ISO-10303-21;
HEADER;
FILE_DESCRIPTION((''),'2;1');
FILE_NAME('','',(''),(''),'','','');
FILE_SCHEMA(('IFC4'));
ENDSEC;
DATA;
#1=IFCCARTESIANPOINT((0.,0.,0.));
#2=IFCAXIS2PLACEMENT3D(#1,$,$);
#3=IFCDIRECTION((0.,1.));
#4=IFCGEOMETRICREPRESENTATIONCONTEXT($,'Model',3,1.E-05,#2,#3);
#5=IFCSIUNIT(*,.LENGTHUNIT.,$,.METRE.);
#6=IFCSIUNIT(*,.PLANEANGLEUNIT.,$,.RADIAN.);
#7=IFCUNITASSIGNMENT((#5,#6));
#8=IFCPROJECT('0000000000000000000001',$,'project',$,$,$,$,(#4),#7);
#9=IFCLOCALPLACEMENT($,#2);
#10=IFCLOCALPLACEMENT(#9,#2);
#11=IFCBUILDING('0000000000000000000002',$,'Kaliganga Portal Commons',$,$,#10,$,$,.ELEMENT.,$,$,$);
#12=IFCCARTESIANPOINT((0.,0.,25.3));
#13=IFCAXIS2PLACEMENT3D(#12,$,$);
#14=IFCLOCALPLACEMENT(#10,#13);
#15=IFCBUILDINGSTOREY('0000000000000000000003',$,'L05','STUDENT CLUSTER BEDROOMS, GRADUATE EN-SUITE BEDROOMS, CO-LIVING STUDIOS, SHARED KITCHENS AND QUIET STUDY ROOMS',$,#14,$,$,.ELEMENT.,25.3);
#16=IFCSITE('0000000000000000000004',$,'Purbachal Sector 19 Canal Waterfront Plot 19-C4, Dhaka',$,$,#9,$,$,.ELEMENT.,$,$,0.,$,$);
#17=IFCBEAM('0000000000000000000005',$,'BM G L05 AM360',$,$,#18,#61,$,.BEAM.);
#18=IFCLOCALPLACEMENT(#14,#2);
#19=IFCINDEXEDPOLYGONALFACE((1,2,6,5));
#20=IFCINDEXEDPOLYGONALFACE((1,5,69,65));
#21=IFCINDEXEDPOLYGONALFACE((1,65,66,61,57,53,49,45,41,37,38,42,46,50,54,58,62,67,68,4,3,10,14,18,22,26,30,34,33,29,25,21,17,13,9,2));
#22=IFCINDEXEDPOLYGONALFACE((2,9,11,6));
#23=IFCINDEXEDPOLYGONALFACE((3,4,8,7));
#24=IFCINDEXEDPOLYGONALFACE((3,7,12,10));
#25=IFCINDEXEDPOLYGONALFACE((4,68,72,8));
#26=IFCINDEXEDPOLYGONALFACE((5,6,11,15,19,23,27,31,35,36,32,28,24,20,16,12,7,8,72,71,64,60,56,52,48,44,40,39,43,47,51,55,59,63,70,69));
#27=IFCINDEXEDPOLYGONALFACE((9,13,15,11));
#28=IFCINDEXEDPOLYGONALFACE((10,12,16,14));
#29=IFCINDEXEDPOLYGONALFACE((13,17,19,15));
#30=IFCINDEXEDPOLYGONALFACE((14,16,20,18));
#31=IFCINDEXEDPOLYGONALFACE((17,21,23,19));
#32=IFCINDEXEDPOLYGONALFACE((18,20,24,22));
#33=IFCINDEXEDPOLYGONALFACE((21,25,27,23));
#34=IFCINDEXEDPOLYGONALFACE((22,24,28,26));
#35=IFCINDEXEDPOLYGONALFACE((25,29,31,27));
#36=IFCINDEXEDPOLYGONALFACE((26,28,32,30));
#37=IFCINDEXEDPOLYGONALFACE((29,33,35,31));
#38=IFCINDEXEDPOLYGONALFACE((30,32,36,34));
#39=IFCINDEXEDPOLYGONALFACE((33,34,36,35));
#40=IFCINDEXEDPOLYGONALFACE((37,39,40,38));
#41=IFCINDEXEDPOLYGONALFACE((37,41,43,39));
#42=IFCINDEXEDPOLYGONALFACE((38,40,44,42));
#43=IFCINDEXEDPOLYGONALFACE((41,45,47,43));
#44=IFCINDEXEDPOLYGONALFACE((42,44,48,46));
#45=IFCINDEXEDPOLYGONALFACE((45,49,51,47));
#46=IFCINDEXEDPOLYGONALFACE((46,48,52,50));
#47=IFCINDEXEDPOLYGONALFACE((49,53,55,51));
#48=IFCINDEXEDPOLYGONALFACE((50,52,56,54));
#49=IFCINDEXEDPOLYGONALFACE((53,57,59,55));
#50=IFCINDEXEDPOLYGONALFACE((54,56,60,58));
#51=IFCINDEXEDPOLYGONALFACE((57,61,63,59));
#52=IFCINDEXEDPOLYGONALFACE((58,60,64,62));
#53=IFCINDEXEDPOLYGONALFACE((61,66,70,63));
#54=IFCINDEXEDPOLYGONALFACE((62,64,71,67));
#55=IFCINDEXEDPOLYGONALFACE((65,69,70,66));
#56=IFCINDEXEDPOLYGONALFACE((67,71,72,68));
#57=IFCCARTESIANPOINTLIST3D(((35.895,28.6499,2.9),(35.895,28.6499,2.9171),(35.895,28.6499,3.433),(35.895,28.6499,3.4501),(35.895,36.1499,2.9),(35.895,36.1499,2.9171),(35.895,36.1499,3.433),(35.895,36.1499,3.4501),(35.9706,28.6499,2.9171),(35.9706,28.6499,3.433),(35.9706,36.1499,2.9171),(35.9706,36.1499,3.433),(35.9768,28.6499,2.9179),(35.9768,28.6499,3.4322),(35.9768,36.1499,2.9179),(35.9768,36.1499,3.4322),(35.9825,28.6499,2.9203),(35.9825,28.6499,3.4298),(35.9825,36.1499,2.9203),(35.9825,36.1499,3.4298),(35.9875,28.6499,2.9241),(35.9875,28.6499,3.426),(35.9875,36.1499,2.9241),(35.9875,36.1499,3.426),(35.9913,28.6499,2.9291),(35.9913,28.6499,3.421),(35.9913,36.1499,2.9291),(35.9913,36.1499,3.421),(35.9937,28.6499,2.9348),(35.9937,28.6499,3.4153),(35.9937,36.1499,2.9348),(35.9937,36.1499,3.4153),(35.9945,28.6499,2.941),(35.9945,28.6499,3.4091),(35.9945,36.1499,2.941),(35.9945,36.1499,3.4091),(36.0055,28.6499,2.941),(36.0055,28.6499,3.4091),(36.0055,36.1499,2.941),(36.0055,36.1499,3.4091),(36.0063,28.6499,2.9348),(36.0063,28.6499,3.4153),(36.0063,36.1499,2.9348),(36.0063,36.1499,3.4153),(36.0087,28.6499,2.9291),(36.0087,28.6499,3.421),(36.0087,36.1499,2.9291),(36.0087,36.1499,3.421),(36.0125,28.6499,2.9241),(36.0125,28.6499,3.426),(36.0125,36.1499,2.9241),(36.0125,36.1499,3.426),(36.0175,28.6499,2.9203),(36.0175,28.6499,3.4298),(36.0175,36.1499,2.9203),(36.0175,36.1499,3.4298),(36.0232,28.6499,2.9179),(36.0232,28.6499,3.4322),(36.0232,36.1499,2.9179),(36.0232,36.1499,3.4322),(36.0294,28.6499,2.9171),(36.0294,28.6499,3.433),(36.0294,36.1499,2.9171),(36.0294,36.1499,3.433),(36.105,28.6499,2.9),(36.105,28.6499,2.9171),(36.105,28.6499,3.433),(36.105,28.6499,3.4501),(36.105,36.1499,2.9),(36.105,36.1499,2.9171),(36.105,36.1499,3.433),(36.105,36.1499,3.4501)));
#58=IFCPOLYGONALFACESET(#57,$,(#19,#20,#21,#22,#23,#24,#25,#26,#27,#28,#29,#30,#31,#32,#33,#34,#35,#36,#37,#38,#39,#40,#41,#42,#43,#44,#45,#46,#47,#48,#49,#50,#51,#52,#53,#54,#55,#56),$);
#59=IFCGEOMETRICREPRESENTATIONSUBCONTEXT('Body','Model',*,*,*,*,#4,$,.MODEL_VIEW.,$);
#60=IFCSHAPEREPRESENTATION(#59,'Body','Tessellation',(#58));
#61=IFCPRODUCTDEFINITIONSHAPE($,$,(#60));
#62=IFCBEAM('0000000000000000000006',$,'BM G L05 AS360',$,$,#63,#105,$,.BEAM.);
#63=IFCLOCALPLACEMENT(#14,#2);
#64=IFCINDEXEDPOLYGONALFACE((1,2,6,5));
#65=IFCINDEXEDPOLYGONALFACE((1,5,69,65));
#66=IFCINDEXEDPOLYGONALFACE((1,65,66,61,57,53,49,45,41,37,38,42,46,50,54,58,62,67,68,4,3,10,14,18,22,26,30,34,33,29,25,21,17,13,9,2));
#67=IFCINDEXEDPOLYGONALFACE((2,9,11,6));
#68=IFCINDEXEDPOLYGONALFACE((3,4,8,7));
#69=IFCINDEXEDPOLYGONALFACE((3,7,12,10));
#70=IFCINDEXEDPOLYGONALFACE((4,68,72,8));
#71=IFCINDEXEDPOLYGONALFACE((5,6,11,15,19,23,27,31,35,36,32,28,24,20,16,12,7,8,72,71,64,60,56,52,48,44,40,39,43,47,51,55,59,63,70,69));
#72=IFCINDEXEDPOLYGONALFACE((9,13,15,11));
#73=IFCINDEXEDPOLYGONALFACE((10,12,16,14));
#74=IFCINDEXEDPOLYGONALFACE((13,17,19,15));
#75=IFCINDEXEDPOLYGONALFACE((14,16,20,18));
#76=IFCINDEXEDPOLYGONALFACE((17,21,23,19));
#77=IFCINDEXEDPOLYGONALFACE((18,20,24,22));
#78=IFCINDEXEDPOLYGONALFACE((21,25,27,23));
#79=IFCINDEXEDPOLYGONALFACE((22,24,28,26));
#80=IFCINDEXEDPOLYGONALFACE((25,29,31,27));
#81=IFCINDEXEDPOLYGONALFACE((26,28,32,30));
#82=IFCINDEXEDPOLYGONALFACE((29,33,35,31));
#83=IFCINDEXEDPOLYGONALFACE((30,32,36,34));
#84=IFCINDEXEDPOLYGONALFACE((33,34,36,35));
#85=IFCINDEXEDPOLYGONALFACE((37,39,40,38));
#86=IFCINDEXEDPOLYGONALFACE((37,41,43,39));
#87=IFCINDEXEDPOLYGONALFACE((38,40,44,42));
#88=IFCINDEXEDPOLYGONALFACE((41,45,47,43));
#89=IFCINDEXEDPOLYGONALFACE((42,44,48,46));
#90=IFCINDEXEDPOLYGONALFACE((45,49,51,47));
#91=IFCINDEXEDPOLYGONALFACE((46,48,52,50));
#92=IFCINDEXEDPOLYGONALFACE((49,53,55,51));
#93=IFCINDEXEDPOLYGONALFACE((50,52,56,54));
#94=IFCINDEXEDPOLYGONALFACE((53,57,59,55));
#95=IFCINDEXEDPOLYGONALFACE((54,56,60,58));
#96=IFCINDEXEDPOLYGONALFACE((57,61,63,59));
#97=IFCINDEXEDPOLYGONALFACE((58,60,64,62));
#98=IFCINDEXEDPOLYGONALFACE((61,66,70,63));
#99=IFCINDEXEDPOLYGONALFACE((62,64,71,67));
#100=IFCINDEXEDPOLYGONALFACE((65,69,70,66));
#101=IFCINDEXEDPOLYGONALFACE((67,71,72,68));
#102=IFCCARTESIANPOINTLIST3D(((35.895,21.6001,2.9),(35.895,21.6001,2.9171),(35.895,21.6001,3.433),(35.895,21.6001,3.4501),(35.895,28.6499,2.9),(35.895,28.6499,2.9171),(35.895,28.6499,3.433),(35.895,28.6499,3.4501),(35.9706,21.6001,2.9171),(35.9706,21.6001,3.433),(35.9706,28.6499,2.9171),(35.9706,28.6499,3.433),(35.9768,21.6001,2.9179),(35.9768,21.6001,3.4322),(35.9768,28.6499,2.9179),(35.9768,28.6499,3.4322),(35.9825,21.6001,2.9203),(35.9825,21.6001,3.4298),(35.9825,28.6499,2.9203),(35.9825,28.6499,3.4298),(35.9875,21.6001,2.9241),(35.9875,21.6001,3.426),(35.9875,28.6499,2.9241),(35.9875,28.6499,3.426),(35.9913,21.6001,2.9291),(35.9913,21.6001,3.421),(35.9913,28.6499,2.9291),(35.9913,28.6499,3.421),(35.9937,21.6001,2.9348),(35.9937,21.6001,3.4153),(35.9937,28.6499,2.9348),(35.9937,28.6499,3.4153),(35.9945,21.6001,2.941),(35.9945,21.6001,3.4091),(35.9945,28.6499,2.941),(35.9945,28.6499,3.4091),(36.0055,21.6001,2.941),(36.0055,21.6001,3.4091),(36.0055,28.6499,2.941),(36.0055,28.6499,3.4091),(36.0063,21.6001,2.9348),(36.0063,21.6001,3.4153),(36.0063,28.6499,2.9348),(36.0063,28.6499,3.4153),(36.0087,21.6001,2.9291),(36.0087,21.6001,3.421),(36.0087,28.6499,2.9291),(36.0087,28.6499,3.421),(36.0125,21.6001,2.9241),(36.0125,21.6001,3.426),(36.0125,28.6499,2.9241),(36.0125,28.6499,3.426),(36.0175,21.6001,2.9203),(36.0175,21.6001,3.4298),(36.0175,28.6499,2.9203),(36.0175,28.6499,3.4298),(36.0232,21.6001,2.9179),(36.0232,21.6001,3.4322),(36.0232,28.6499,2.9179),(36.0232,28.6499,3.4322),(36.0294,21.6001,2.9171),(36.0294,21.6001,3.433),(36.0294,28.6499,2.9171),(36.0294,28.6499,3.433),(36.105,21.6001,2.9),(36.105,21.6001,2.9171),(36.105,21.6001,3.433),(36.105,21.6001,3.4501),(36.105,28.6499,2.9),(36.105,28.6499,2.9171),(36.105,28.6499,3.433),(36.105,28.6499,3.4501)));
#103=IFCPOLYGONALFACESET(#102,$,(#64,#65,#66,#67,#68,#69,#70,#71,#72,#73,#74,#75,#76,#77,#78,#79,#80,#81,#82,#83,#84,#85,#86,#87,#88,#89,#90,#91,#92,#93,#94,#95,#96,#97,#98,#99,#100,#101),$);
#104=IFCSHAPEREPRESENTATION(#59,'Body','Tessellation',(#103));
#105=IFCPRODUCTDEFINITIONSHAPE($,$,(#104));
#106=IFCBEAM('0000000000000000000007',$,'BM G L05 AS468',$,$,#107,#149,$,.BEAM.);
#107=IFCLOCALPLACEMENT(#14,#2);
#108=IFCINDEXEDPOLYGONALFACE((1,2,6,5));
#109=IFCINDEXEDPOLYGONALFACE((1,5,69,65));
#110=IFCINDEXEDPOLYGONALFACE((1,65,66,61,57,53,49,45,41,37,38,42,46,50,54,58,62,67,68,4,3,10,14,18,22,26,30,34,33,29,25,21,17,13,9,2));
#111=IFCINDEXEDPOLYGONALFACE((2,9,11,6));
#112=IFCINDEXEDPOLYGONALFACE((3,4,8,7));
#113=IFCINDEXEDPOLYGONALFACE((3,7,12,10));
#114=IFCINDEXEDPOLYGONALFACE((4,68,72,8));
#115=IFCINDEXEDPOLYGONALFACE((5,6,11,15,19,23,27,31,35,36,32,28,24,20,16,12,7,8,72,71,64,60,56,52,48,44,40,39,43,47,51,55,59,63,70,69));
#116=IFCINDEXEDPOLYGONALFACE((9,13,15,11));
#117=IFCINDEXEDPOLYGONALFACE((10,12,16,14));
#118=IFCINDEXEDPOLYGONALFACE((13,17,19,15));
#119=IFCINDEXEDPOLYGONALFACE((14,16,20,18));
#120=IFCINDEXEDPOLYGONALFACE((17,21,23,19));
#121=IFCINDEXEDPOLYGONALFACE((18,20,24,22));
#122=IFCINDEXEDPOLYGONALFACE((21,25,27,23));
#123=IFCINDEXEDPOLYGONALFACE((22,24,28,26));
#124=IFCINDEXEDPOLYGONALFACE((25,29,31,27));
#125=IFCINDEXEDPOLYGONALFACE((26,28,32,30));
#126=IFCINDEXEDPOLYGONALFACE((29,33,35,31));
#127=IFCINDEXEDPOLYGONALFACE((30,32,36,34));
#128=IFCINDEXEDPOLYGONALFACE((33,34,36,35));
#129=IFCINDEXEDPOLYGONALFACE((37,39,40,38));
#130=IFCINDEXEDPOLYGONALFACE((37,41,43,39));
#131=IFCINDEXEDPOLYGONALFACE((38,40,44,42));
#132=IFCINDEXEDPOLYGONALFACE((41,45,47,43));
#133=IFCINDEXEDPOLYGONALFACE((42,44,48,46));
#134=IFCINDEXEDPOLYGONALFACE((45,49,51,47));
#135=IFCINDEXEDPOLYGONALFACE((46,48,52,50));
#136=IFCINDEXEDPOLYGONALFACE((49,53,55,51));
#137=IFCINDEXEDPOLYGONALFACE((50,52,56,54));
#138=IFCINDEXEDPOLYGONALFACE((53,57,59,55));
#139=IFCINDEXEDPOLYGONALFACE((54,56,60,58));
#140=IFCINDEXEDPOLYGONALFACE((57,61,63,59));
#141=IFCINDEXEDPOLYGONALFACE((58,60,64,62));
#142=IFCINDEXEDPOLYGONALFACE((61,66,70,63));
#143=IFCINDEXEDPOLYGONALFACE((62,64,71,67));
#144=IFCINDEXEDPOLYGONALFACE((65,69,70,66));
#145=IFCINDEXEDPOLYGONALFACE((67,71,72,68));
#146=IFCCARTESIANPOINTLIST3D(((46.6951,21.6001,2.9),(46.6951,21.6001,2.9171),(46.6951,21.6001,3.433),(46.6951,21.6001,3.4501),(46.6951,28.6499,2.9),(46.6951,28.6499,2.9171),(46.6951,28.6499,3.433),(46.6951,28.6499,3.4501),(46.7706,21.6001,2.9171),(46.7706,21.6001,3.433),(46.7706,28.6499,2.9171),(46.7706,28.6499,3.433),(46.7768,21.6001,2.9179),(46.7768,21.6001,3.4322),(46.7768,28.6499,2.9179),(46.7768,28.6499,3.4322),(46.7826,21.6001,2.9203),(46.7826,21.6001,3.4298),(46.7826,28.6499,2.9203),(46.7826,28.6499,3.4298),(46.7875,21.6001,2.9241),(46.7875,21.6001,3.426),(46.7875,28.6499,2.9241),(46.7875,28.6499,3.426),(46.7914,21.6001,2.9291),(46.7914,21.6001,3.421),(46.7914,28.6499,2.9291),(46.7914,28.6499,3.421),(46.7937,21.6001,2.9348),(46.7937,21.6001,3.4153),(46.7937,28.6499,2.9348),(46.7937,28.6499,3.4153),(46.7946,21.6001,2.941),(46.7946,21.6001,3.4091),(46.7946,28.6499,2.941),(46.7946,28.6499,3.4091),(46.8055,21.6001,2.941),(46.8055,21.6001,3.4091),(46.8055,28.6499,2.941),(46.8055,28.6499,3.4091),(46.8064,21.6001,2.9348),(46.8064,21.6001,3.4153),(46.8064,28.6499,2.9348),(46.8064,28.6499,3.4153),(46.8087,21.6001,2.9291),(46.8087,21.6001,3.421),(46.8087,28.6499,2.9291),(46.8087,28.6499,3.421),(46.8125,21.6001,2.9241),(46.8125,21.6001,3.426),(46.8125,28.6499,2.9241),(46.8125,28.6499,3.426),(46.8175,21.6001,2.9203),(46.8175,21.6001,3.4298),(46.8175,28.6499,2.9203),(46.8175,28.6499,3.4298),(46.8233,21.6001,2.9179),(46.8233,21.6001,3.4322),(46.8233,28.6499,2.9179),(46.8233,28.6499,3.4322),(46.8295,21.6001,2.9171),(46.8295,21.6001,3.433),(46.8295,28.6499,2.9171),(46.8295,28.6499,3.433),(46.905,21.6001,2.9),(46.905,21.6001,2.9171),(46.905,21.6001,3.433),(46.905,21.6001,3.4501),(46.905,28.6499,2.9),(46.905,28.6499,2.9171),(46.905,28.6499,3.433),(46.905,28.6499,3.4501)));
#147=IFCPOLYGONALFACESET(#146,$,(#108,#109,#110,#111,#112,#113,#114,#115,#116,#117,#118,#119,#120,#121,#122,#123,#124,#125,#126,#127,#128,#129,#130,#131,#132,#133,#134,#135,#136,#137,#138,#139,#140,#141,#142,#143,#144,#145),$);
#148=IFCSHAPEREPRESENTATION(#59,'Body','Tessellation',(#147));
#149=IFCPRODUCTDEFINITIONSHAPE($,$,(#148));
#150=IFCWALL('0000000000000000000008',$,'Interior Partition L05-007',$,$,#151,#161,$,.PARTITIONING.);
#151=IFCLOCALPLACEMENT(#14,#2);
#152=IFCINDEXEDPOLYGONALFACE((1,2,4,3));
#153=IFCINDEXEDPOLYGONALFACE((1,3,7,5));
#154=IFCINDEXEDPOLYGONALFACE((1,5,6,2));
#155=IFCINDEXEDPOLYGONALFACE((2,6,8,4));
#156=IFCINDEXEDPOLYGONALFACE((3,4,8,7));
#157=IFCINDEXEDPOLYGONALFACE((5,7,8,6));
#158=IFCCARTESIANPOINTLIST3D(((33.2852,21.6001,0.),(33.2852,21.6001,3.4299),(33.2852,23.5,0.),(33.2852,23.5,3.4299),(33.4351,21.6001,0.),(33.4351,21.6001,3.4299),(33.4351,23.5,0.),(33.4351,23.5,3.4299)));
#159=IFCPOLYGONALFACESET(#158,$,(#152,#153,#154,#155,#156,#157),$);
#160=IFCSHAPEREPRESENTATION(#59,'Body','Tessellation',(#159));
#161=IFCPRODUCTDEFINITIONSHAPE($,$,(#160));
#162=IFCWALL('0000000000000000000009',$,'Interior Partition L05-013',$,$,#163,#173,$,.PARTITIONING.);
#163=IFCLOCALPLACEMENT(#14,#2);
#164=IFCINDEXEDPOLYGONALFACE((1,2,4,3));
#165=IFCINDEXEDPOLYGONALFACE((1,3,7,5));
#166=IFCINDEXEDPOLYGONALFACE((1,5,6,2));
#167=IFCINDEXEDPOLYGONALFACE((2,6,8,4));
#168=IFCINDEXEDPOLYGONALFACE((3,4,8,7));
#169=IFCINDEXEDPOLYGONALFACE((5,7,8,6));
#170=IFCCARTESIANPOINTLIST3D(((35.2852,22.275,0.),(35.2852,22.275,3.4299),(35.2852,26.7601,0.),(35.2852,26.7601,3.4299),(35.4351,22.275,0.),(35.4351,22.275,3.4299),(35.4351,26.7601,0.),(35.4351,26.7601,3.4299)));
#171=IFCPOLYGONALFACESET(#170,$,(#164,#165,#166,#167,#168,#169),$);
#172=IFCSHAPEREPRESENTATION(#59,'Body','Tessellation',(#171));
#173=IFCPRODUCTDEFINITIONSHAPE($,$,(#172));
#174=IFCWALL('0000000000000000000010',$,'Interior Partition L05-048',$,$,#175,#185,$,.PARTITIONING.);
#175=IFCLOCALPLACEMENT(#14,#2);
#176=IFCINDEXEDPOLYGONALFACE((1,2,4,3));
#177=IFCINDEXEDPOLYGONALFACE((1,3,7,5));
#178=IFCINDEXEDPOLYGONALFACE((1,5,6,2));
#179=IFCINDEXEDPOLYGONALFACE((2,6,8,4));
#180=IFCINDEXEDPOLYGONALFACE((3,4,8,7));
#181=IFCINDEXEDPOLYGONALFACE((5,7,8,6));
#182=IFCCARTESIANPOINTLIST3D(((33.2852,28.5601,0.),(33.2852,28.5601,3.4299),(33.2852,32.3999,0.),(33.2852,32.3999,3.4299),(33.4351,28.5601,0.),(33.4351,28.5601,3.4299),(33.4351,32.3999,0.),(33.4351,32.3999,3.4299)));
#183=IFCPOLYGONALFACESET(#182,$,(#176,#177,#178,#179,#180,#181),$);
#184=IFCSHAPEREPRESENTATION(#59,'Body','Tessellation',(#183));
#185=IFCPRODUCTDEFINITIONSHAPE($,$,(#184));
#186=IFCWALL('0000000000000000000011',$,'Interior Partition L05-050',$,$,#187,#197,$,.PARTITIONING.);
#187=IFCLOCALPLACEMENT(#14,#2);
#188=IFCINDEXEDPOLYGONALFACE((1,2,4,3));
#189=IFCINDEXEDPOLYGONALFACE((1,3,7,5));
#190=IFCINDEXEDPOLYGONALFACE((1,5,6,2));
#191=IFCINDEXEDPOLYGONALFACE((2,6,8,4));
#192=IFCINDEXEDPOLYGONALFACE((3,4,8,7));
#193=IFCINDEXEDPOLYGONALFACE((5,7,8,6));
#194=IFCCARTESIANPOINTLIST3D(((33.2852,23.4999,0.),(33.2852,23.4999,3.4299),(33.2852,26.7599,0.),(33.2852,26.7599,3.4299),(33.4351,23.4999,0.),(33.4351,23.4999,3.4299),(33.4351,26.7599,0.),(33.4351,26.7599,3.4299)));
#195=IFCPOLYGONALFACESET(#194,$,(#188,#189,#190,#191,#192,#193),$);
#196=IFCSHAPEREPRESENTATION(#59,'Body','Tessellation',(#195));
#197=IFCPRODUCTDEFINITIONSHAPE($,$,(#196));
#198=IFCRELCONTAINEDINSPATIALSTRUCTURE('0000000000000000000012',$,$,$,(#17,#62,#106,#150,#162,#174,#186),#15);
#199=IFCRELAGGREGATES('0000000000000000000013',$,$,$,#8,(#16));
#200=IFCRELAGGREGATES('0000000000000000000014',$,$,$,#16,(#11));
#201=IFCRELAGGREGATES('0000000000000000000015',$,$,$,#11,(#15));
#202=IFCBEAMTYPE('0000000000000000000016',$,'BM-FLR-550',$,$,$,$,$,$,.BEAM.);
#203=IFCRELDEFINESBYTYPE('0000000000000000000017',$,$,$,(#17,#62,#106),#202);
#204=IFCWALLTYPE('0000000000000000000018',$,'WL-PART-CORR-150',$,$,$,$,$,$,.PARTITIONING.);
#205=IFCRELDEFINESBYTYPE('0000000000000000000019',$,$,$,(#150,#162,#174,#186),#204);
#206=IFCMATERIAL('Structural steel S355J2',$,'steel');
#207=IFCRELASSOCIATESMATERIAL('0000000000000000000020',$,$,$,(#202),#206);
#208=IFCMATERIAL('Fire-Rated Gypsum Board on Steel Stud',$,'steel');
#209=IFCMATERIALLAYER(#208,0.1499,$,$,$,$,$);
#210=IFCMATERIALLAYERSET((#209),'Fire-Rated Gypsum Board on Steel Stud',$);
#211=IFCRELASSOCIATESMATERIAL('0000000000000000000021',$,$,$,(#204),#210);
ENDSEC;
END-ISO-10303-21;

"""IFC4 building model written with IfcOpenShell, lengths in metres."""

from ifc_helpers import new_model, si_unit, direction, frame, frame_2d, origin, origin_2d, place, context, subcontext, project, spatial, rectangle, i_section, extrude, source, transform, mapped, material, layer, layer_set, material_profile, profile_set, type_object, element, save


model = new_model("IFC4")

# Units and contexts
model_context = context("Model", 3, precision=1e-05, world=origin(), true_north=direction((0.0, 1.0)))
body_context = subcontext(model_context, "Body", "Model", "MODEL_VIEW")
ifc_project = project(units=[si_unit("LENGTHUNIT", "METRE"), si_unit("PLANEANGLEUNIT", "RADIAN")], contexts=[model_context])

# Site, building, storey
site_placement = place(None, origin())
site = spatial("IfcSite", under=ifc_project, at=site_placement, Name="Purbachal Sector 19 Canal Waterfront Plot 19-C4, Dhaka", CompositionType="ELEMENT", RefElevation=0.0)
building_placement = place(site_placement, origin())
building = spatial("IfcBuilding", under=site, at=building_placement, Name="Kaliganga Portal Commons", CompositionType="ELEMENT")
storey_placement = place(building_placement, frame((0.0, 0.0, 25.3)))
storey = spatial("IfcBuildingStorey", under=building, at=storey_placement, Name="L05", Description="STUDENT CLUSTER BEDROOMS, GRADUATE EN-SUITE BEDROOMS, CO-LIVING STUDIOS, SHARED KITCHENS AND QUIET STUDY ROOMS", CompositionType="ELEMENT", Elevation=25.3)

# Beams
ifc_material_1 = material(Name="Structural steel S355J2", Category="steel")
ifc_material_profile_1 = material_profile(ifc_material_1, i_section(OverallWidth=0.21, OverallDepth=0.55, WebThickness=0.011, FlangeThickness=0.0171, FilletRadius=0.0239, at=origin_2d()), Name="IPE 550")
ifc_profile_set_1 = profile_set([ifc_material_profile_1], Name="Structural steel S355J2 wide-flange")
beam_type_1 = type_object("IfcBeamType", Name="BM-FLR-550", PredefinedType="BEAM", material=ifc_profile_set_1)
shared_shape_1 = source(origin(), body_context, "Body", "SweptSolid", [
    extrude(i_section(OverallWidth=0.21, OverallDepth=0.55, WebThickness=0.011, FlangeThickness=0.0171, FilletRadius=0.0239, at=origin_2d()), origin(), (0.0, 0.0, 1.0), 7.5),
])
beam_1_placement = place(storey_placement, frame((36.0, 28.6499, 3.175), z_axis=(0.0, 1.0, 0.0), x_axis=(-1.0, 0.0, 0.0)))
element("IfcBeam", 1, at=beam_1_placement, inside=storey, type_object=beam_type_1, Name="BM G L05 AM360", PredefinedType="BEAM", context=body_context, shape_type="MappedRepresentation", body=[
    mapped(shared_shape_1, transform((0.0, 0.0, 0.0), x_axis=(1.0, 0.0, 0.0), y_axis=(0.0, 1.0, 0.0), z_axis=(0.0, 0.0, 1.0), scale=1.0)),
])
shared_shape_2 = source(origin(), body_context, "Body", "SweptSolid", [
    extrude(i_section(OverallWidth=0.21, OverallDepth=0.55, WebThickness=0.011, FlangeThickness=0.0171, FilletRadius=0.0239, at=origin_2d()), origin(), (0.0, 0.0, 1.0), 7.0498),
])
for number, where, z_axis, x_axis, name in (
    (2, (36.0, 21.6001, 3.175), (0.0, 1.0, 0.0), (-1.0, 0.0, 0.0), "BM G L05 AS360"),
    (3, (46.8, 21.6001, 3.175), (0.0, 1.0, 0.0), (-1.0, 0.0, 0.0), "BM G L05 AS468"),
):
    element("IfcBeam", number, at=place(storey_placement, frame(where, z_axis=z_axis, x_axis=x_axis)), inside=storey, type_object=beam_type_1, Name=name, PredefinedType="BEAM", context=body_context, shape_type="MappedRepresentation", body=[
        mapped(shared_shape_2, transform((0.0, 0.0, 0.0), x_axis=(1.0, 0.0, 0.0), y_axis=(0.0, 1.0, 0.0), z_axis=(0.0, 0.0, 1.0), scale=1.0)),
    ])

# Walls
ifc_material_2 = material(Name="Fire-Rated Gypsum Board on Steel Stud", Category="steel")
ifc_layer_1 = layer(ifc_material_2, 0.1499)
ifc_layer_set_1 = layer_set([ifc_layer_1], Name="Fire-Rated Gypsum Board on Steel Stud")
wall_type_1 = type_object("IfcWallType", Name="WL-PART-CORR-150", PredefinedType="PARTITIONING", material=ifc_layer_set_1)
wall_1_placement = place(storey_placement, frame((33.3601, 21.6001, 0.0), z_axis=(0.0, 0.0, 1.0), x_axis=(0.0, 1.0, 0.0)))
element("IfcWall", 4, at=wall_1_placement, inside=storey, type_object=wall_type_1, Name="Interior Partition L05-007", PredefinedType="PARTITIONING", context=body_context, shape_type="SweptSolid", body=[
    extrude(rectangle(XDim=1.8999, YDim=0.1499, at=frame_2d((0.95, 0.0))), origin(), (0.0, 0.0, 1.0), 3.4299),
])
wall_2_placement = place(storey_placement, frame((35.3601, 22.2749, 0.0), z_axis=(0.0, 0.0, 1.0), x_axis=(0.0, 1.0, 0.0)))
element("IfcWall", 5, at=wall_2_placement, inside=storey, type_object=wall_type_1, Name="Interior Partition L05-013", PredefinedType="PARTITIONING", context=body_context, shape_type="SweptSolid", body=[
    extrude(rectangle(XDim=4.4851, YDim=0.1499, at=frame_2d((2.2427, 0.0))), origin(), (0.0, 0.0, 1.0), 3.4299),
])
wall_3_placement = place(storey_placement, frame((33.3601, 28.5601, 0.0), z_axis=(0.0, 0.0, 1.0), x_axis=(0.0, 1.0, 0.0)))
element("IfcWall", 6, at=wall_3_placement, inside=storey, type_object=wall_type_1, Name="Interior Partition L05-048", PredefinedType="PARTITIONING", context=body_context, shape_type="SweptSolid", body=[
    extrude(rectangle(XDim=3.8398, YDim=0.1499, at=frame_2d((1.9199, 0.0))), origin(), (0.0, 0.0, 1.0), 3.4299),
])
wall_4_placement = place(storey_placement, frame((33.3601, 23.5, 0.0), z_axis=(0.0, 0.0, 1.0), x_axis=(0.0, 1.0, 0.0)))
element("IfcWall", 7, at=wall_4_placement, inside=storey, type_object=wall_type_1, Name="Interior Partition L05-050", PredefinedType="PARTITIONING", context=body_context, shape_type="SweptSolid", body=[
    extrude(rectangle(XDim=3.26, YDim=0.1499, at=frame_2d((1.6299, 0.0))), origin(), (0.0, 0.0, 1.0), 3.4299),
])

save(model, "model.ifc")
